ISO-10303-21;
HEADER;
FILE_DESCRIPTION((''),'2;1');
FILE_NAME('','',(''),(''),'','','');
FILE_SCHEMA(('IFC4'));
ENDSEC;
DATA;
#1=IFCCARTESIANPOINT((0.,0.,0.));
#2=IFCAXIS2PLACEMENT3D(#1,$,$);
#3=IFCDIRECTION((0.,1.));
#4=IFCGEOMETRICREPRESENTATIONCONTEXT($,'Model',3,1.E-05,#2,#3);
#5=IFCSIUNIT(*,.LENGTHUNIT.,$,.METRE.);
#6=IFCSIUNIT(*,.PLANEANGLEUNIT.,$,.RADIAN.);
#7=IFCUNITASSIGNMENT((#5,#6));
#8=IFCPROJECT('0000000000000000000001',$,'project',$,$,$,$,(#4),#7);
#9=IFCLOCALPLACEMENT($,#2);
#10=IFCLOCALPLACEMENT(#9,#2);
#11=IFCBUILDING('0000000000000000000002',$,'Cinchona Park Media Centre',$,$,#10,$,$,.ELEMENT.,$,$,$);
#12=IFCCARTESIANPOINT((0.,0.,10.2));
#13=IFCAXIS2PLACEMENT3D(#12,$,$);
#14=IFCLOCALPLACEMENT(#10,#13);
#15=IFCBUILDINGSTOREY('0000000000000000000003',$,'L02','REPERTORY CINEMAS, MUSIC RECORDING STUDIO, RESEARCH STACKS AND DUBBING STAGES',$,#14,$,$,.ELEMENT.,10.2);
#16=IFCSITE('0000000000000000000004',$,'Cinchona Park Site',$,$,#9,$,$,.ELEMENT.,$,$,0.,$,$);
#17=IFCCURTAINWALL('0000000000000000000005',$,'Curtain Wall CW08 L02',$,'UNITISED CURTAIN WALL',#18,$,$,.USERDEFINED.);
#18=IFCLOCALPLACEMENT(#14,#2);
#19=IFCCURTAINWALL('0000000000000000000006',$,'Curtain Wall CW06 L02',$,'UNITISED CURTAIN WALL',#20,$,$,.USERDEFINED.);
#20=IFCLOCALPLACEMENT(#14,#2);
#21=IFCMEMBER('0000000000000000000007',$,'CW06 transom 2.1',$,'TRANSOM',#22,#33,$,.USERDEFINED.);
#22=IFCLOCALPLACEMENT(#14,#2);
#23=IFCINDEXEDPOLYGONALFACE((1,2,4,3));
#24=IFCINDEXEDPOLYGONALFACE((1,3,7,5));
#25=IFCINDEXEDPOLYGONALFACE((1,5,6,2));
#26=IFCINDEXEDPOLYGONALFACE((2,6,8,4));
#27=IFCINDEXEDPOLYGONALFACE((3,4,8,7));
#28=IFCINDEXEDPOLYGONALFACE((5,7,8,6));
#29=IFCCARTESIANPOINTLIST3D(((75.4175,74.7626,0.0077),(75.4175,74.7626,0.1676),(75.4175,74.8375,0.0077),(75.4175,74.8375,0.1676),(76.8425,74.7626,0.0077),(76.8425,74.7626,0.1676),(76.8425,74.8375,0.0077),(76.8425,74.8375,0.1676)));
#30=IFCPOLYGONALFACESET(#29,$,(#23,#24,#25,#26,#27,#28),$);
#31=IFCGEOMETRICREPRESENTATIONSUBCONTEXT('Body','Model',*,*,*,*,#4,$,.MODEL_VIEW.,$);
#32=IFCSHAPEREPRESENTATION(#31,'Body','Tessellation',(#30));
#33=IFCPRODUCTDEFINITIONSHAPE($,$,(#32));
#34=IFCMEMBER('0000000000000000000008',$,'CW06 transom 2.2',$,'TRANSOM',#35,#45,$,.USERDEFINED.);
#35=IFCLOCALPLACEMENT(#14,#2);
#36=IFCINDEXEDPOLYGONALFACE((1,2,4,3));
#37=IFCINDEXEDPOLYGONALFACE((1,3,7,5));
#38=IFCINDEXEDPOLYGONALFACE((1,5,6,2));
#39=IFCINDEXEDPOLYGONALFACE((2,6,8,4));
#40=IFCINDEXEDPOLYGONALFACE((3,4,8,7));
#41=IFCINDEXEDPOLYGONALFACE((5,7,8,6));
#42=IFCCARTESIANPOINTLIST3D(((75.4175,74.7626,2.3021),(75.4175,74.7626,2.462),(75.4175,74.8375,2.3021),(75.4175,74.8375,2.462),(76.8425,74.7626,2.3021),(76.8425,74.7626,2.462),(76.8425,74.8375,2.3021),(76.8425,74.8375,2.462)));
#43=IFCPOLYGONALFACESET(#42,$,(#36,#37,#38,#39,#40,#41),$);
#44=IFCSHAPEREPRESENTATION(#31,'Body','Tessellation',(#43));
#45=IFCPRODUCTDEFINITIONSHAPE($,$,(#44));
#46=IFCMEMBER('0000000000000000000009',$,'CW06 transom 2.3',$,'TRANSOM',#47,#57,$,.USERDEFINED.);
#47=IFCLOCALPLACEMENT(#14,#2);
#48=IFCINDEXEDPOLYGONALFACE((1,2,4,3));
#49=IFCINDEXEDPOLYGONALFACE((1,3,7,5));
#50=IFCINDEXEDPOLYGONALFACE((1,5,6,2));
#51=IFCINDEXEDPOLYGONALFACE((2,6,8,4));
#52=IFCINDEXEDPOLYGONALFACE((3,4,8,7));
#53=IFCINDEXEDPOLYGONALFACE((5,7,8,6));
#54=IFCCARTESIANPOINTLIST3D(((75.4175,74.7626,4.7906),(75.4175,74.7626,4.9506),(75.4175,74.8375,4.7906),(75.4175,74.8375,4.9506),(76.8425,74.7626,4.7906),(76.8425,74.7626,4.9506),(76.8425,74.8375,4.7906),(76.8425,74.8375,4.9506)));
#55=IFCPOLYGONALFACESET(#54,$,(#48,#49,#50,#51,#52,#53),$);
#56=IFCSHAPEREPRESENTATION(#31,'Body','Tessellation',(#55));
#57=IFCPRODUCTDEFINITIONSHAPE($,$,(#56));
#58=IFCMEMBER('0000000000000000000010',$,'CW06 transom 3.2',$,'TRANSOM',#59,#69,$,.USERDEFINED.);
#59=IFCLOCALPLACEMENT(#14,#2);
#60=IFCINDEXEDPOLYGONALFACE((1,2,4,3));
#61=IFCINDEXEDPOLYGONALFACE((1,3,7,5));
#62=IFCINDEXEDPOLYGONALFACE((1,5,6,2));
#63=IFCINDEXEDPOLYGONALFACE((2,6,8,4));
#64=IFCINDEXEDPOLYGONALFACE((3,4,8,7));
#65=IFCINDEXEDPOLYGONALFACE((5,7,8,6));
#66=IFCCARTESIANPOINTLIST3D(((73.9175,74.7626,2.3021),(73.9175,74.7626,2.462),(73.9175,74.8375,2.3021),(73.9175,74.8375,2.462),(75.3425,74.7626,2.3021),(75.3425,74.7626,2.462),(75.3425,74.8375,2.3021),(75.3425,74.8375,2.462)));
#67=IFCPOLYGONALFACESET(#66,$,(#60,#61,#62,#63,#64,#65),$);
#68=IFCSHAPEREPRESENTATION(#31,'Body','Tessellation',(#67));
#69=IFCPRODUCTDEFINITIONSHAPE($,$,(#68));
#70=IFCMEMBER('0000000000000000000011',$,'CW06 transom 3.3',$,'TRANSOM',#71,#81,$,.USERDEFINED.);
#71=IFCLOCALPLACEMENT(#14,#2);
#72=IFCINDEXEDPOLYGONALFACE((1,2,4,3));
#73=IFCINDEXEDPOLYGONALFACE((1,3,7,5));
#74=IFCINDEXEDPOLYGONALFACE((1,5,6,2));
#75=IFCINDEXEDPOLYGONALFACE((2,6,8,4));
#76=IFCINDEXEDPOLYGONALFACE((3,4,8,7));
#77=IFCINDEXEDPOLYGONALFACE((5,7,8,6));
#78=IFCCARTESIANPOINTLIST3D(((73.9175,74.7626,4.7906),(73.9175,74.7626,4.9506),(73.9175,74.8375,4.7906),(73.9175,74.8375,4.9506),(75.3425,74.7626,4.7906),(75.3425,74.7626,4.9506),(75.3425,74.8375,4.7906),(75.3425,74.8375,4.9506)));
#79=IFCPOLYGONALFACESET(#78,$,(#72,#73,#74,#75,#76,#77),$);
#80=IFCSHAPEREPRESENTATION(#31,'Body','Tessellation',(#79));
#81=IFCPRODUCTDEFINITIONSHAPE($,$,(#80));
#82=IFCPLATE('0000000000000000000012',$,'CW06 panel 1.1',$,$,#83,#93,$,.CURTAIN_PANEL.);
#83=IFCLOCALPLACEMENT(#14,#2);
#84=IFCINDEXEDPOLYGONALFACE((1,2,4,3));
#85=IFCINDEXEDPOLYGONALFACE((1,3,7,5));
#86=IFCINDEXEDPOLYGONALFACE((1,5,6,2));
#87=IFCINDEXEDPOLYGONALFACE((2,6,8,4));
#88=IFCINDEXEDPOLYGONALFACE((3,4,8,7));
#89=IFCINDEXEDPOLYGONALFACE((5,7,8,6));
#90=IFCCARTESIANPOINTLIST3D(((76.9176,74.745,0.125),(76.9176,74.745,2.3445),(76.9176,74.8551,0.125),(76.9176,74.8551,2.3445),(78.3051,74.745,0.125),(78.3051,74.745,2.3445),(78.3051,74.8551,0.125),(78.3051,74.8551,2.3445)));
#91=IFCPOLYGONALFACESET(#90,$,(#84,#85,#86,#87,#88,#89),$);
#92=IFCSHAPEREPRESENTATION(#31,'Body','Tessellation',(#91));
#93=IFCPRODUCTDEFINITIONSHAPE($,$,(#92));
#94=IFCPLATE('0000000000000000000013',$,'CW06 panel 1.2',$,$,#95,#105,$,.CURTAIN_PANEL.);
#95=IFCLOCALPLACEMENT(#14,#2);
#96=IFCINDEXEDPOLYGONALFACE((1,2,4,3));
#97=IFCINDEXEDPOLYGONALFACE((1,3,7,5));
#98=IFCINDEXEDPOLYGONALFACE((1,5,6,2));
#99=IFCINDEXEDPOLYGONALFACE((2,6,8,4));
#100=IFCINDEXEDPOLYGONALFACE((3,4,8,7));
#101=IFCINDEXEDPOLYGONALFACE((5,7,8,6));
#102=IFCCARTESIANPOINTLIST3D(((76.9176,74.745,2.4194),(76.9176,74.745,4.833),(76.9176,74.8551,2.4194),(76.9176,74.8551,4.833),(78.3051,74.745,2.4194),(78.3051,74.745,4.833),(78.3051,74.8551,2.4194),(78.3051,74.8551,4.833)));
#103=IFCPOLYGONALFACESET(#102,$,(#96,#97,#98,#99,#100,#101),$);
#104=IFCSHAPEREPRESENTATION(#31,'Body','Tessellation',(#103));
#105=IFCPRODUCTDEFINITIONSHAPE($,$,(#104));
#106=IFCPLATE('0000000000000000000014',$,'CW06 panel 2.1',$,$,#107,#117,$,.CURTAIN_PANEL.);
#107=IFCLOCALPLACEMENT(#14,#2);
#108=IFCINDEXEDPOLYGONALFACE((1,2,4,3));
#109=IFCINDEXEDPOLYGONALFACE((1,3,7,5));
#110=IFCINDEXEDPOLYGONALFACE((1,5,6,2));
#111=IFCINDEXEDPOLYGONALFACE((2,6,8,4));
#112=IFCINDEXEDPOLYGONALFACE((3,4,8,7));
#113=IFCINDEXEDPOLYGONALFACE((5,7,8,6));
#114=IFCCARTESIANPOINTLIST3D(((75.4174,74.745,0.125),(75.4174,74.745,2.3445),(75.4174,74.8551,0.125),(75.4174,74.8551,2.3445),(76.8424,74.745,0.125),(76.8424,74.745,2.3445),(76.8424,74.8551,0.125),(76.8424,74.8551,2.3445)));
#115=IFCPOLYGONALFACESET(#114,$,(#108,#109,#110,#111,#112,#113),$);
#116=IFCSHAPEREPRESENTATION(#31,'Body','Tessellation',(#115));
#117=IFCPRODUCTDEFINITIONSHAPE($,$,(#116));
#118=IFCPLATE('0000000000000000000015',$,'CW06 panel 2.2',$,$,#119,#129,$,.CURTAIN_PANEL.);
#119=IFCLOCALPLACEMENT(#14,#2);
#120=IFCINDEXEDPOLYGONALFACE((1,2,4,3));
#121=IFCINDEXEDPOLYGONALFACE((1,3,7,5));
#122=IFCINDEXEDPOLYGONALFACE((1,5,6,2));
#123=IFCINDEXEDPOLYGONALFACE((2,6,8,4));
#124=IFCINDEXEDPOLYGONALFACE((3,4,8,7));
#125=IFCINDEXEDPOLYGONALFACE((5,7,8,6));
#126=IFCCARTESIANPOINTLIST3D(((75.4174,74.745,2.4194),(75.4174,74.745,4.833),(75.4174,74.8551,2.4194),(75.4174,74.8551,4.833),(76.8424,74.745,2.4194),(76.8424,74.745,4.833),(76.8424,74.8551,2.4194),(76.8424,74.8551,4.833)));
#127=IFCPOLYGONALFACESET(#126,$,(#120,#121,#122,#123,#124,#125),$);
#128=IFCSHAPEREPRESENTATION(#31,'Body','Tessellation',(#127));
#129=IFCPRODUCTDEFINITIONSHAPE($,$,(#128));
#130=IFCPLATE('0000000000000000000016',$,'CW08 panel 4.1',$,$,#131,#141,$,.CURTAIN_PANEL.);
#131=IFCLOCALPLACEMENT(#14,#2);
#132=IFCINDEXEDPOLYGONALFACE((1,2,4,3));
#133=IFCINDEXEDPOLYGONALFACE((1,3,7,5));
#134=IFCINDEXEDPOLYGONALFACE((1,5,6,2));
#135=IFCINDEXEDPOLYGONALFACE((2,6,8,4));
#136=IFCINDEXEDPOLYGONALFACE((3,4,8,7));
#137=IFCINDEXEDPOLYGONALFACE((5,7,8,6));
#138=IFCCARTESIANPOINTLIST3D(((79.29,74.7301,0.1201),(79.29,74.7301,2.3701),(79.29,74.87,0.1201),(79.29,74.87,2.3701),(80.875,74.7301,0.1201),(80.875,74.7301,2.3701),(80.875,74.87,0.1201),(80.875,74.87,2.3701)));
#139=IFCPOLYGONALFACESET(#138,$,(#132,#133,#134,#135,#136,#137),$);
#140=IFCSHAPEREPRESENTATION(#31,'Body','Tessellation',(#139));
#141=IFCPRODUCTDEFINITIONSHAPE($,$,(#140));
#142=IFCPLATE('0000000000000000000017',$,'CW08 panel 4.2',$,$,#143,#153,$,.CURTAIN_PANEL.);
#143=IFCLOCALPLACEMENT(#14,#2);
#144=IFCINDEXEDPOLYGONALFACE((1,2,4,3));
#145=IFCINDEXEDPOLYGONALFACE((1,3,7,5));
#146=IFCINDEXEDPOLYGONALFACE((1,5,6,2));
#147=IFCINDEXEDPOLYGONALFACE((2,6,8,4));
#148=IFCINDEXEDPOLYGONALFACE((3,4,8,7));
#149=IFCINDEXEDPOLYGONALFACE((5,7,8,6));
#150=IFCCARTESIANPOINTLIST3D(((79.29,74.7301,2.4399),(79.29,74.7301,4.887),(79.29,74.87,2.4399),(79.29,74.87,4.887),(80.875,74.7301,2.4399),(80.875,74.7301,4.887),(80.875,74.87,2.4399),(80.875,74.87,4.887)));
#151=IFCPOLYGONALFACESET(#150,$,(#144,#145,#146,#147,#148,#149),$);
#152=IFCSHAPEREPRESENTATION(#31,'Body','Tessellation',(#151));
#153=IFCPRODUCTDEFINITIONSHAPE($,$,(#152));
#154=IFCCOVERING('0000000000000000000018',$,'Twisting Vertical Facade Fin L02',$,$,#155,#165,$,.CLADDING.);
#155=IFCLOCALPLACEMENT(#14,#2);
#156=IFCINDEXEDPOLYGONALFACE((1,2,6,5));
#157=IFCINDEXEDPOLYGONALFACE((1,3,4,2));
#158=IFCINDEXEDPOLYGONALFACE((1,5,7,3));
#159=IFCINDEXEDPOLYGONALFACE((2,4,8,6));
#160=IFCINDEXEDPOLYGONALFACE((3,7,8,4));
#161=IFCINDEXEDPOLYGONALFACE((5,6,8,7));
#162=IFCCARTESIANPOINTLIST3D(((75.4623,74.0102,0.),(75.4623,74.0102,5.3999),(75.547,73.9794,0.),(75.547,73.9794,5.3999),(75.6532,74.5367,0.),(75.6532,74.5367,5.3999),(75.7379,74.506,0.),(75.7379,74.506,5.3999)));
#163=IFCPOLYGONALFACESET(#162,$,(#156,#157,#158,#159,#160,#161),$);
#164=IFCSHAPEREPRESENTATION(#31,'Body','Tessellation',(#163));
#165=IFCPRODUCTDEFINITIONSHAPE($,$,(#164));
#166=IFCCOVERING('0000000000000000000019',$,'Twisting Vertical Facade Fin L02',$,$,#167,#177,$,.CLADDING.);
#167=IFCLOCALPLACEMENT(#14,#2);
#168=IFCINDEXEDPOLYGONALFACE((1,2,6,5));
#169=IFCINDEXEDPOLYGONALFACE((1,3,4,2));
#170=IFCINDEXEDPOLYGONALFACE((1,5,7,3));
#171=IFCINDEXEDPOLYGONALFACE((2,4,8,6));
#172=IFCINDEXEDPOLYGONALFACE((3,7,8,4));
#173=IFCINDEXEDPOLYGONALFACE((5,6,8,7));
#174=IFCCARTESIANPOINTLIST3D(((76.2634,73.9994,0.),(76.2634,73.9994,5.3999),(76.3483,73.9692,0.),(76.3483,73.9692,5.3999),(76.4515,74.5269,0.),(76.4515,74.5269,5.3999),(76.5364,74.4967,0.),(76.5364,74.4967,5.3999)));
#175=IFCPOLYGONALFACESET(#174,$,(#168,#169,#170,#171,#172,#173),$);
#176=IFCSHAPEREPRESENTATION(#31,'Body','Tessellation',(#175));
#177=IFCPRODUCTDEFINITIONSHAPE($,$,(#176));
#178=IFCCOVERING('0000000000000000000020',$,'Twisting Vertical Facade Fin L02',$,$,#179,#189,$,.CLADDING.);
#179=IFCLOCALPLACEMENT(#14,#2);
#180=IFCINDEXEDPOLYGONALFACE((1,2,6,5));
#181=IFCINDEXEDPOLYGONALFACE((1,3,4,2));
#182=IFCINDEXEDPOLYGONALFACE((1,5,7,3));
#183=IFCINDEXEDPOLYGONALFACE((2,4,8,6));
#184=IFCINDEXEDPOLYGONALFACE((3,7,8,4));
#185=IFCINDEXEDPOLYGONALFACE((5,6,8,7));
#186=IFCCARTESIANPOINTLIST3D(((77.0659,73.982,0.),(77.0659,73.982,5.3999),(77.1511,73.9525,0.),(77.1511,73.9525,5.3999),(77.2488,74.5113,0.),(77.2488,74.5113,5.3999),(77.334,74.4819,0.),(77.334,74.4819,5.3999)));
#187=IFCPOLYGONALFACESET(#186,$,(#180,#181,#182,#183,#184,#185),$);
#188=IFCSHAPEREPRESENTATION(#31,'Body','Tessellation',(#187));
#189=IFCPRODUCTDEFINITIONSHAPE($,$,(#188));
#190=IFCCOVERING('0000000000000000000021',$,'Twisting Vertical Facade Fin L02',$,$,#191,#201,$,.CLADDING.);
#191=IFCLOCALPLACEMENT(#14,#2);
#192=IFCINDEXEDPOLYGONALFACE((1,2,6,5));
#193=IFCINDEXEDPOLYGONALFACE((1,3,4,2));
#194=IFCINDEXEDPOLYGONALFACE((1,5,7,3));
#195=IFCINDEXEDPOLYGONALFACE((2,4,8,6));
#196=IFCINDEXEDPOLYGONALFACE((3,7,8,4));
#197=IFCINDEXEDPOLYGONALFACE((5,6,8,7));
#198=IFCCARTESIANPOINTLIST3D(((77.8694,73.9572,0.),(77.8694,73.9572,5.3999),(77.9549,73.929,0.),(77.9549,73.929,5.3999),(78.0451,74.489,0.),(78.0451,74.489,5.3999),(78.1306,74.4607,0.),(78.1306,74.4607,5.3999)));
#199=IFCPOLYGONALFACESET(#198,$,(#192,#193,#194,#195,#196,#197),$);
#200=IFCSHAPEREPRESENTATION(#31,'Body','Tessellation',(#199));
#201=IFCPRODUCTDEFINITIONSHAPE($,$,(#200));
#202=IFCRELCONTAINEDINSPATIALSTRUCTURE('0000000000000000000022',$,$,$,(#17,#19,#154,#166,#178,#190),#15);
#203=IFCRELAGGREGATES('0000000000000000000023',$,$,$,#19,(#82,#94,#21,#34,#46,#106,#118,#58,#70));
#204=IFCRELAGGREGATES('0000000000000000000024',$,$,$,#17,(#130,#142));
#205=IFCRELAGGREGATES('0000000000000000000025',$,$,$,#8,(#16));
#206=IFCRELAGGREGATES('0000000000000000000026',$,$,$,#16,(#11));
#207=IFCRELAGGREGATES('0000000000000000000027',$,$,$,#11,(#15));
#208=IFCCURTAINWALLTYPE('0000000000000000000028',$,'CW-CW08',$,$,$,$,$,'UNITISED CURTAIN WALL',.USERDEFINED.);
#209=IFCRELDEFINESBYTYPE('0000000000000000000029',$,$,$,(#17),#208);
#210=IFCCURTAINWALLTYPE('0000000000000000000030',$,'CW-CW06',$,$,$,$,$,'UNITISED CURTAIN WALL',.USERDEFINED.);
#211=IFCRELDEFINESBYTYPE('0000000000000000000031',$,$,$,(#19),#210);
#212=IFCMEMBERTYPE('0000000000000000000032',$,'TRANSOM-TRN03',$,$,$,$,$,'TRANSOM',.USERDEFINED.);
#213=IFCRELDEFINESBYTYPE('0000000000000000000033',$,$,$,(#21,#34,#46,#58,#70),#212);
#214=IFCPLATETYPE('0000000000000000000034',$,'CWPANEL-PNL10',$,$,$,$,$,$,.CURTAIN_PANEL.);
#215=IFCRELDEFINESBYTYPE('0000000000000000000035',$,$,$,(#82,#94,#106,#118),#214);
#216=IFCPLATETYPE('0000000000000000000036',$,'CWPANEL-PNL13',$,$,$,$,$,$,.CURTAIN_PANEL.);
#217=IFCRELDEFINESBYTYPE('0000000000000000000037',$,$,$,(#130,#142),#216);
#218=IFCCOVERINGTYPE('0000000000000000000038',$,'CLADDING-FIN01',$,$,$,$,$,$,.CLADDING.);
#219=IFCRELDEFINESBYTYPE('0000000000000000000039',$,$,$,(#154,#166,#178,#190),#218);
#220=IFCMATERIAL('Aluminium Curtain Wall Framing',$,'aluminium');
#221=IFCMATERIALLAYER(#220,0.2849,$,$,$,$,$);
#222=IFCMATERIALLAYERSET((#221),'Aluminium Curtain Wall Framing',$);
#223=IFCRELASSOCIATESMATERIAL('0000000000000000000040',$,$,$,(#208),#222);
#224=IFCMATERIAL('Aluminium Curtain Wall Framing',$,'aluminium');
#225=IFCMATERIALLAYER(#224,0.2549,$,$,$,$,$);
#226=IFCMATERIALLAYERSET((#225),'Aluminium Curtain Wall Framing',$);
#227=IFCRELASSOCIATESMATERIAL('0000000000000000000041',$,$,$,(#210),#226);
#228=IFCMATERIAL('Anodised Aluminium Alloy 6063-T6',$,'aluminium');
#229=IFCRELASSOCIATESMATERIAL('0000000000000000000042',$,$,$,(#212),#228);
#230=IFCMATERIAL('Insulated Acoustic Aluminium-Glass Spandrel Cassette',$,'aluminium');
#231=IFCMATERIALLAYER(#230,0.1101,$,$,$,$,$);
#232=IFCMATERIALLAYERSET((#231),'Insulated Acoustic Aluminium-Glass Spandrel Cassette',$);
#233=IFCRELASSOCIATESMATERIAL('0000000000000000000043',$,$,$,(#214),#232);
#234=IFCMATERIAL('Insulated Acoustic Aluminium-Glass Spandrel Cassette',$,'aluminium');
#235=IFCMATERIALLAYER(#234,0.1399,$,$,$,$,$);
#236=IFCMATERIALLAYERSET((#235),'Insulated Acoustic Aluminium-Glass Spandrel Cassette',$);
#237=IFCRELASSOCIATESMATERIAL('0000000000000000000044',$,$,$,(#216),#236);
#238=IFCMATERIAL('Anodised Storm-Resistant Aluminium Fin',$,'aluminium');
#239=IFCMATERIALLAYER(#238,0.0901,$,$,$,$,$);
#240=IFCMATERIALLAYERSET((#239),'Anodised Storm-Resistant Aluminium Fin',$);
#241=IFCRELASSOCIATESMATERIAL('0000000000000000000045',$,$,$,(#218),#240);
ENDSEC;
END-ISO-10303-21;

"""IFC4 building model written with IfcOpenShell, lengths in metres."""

from ifc_helpers import new_model, si_unit, direction, frame, origin, origin_2d, place, context, subcontext, project, spatial, rectangle, extrude, material, layer, layer_set, material_profile, profile_set, type_object, element, aggregate, save


model = new_model("IFC4")

# Units and contexts
model_context = context("Model", 3, precision=1e-05, world=origin(), true_north=direction((0.0, 1.0)))
body_context = subcontext(model_context, "Body", "Model", "MODEL_VIEW")
ifc_project = project(units=[si_unit("LENGTHUNIT", "METRE"), si_unit("PLANEANGLEUNIT", "RADIAN")], contexts=[model_context])

# Site, building, storey
site_placement = place(None, origin())
site = spatial("IfcSite", under=ifc_project, at=site_placement, Name="Cinchona Park Site", CompositionType="ELEMENT", RefElevation=0.0)
building_placement = place(site_placement, origin())
building = spatial("IfcBuilding", under=site, at=building_placement, Name="Cinchona Park Media Centre", CompositionType="ELEMENT")
storey_placement = place(building_placement, frame((0.0, 0.0, 10.2)))
storey = spatial("IfcBuildingStorey", under=building, at=storey_placement, Name="L02", Description="REPERTORY CINEMAS, MUSIC RECORDING STUDIO, RESEARCH STACKS AND DUBBING STAGES", CompositionType="ELEMENT", Elevation=10.2)

# Curtain walls
ifc_material_1 = material(Name="Aluminium Curtain Wall Framing", Category="aluminium")
ifc_layer_1 = layer(ifc_material_1, 0.2849)
ifc_layer_set_1 = layer_set([ifc_layer_1], Name="Aluminium Curtain Wall Framing")
curtain_wall_type_1 = type_object("IfcCurtainWallType", Name="CW-CW08", ElementType="UNITISED CURTAIN WALL", PredefinedType="USERDEFINED", material=ifc_layer_set_1)
curtain_wall_1_placement = place(storey_placement, origin())
curtain_wall_1 = element("IfcCurtainWall", 1, at=curtain_wall_1_placement, inside=storey, type_object=curtain_wall_type_1, Name="Curtain Wall CW08 L02", ObjectType="UNITISED CURTAIN WALL", PredefinedType="USERDEFINED")
ifc_material_2 = material(Name="Aluminium Curtain Wall Framing", Category="aluminium")
ifc_layer_2 = layer(ifc_material_2, 0.2549)
ifc_layer_set_2 = layer_set([ifc_layer_2], Name="Aluminium Curtain Wall Framing")
curtain_wall_type_2 = type_object("IfcCurtainWallType", Name="CW-CW06", ElementType="UNITISED CURTAIN WALL", PredefinedType="USERDEFINED", material=ifc_layer_set_2)
curtain_wall_2_placement = place(storey_placement, origin())
curtain_wall_2 = element("IfcCurtainWall", 2, at=curtain_wall_2_placement, inside=storey, type_object=curtain_wall_type_2, Name="Curtain Wall CW06 L02", ObjectType="UNITISED CURTAIN WALL", PredefinedType="USERDEFINED")

# Members
ifc_material_3 = material(Name="Anodised Aluminium Alloy 6063-T6", Category="aluminium")
ifc_material_profile_1 = material_profile(ifc_material_3, rectangle(XDim=0.075, YDim=0.1599, at=origin_2d()), Name="TRN-75X160")
ifc_profile_set_1 = profile_set([ifc_material_profile_1], Name="Anodised Aluminium Alloy 6063-T6")
member_type_1 = type_object("IfcMemberType", Name="TRANSOM-TRN03", ElementType="TRANSOM", PredefinedType="USERDEFINED", material=ifc_profile_set_1)
member_1_placement = place(storey_placement, frame((76.8425, 74.8, 0.0876), z_axis=(-1.0, 0.0, 0.0), x_axis=(0.0, -1.0, 0.0)))
member_1 = element("IfcMember", 3, at=member_1_placement, type_object=member_type_1, Name="CW06 transom 2.1", ObjectType="TRANSOM", PredefinedType="USERDEFINED", context=body_context, shape_type="SweptSolid", body=[
    extrude(rectangle(XDim=0.075, YDim=0.1599, at=origin_2d()), origin(), (0.0, 0.0, 1.0), 1.425),
])
member_2_placement = place(storey_placement, frame((76.8425, 74.8, 2.3821), z_axis=(-1.0, 0.0, 0.0), x_axis=(0.0, -1.0, 0.0)))
member_2 = element("IfcMember", 4, at=member_2_placement, type_object=member_type_1, Name="CW06 transom 2.2", ObjectType="TRANSOM", PredefinedType="USERDEFINED", context=body_context, shape_type="SweptSolid", body=[
    extrude(rectangle(XDim=0.075, YDim=0.1599, at=origin_2d()), origin(), (0.0, 0.0, 1.0), 1.425),
])
member_3_placement = place(storey_placement, frame((76.8425, 74.8, 4.8706), z_axis=(-1.0, 0.0, 0.0), x_axis=(0.0, -1.0, 0.0)))
member_3 = element("IfcMember", 5, at=member_3_placement, type_object=member_type_1, Name="CW06 transom 2.3", ObjectType="TRANSOM", PredefinedType="USERDEFINED", context=body_context, shape_type="SweptSolid", body=[
    extrude(rectangle(XDim=0.075, YDim=0.1599, at=origin_2d()), origin(), (0.0, 0.0, 1.0), 1.425),
])
member_4_placement = place(storey_placement, frame((75.3425, 74.8, 2.3821), z_axis=(-1.0, 0.0, 0.0), x_axis=(0.0, -1.0, 0.0)))
member_4 = element("IfcMember", 6, at=member_4_placement, type_object=member_type_1, Name="CW06 transom 3.2", ObjectType="TRANSOM", PredefinedType="USERDEFINED", context=body_context, shape_type="SweptSolid", body=[
    extrude(rectangle(XDim=0.075, YDim=0.1599, at=origin_2d()), origin(), (0.0, 0.0, 1.0), 1.425),
])
member_5_placement = place(storey_placement, frame((75.3425, 74.8, 4.8706), z_axis=(-1.0, 0.0, 0.0), x_axis=(0.0, -1.0, 0.0)))
member_5 = element("IfcMember", 7, at=member_5_placement, type_object=member_type_1, Name="CW06 transom 3.3", ObjectType="TRANSOM", PredefinedType="USERDEFINED", context=body_context, shape_type="SweptSolid", body=[
    extrude(rectangle(XDim=0.075, YDim=0.1599, at=origin_2d()), origin(), (0.0, 0.0, 1.0), 1.425),
])

# Plates
ifc_material_4 = material(Name="Insulated Acoustic Aluminium-Glass Spandrel Cassette", Category="aluminium")
ifc_layer_3 = layer(ifc_material_4, 0.1101)
ifc_layer_set_3 = layer_set([ifc_layer_3], Name="Insulated Acoustic Aluminium-Glass Spandrel Cassette")
plate_type_1 = type_object("IfcPlateType", Name="CWPANEL-PNL10", PredefinedType="CURTAIN_PANEL", material=ifc_layer_set_3)
plate_1_placement = place(storey_placement, frame((77.6113, 74.8, 0.125), z_axis=(0.0, 0.0, 1.0), x_axis=(-1.0, 0.0, 0.0)))
plate_1 = element("IfcPlate", 8, at=plate_1_placement, type_object=plate_type_1, Name="CW06 panel 1.1", PredefinedType="CURTAIN_PANEL", context=body_context, shape_type="SweptSolid", body=[
    extrude(rectangle(XDim=1.3875, YDim=0.1101, at=origin_2d()), origin(), (0.0, 0.0, 1.0), 2.2195),
])
plate_2_placement = place(storey_placement, frame((77.6113, 74.8, 2.4194), z_axis=(0.0, 0.0, 1.0), x_axis=(-1.0, 0.0, 0.0)))
plate_2 = element("IfcPlate", 9, at=plate_2_placement, type_object=plate_type_1, Name="CW06 panel 1.2", PredefinedType="CURTAIN_PANEL", context=body_context, shape_type="SweptSolid", body=[
    extrude(rectangle(XDim=1.3875, YDim=0.1101, at=origin_2d()), origin(), (0.0, 0.0, 1.0), 2.4136),
])
plate_3_placement = place(storey_placement, frame((76.1299, 74.8, 0.125), z_axis=(0.0, 0.0, 1.0), x_axis=(-1.0, 0.0, 0.0)))
plate_3 = element("IfcPlate", 10, at=plate_3_placement, type_object=plate_type_1, Name="CW06 panel 2.1", PredefinedType="CURTAIN_PANEL", context=body_context, shape_type="SweptSolid", body=[
    extrude(rectangle(XDim=1.425, YDim=0.1101, at=origin_2d()), origin(), (0.0, 0.0, 1.0), 2.2195),
])
plate_4_placement = place(storey_placement, frame((76.1299, 74.8, 2.4194), z_axis=(0.0, 0.0, 1.0), x_axis=(-1.0, 0.0, 0.0)))
plate_4 = element("IfcPlate", 11, at=plate_4_placement, type_object=plate_type_1, Name="CW06 panel 2.2", PredefinedType="CURTAIN_PANEL", context=body_context, shape_type="SweptSolid", body=[
    extrude(rectangle(XDim=1.425, YDim=0.1101, at=origin_2d()), origin(), (0.0, 0.0, 1.0), 2.4136),
])
aggregate(curtain_wall_2, [plate_1, plate_2, member_1, member_2, member_3, plate_3, plate_4, member_4, member_5])
ifc_material_5 = material(Name="Insulated Acoustic Aluminium-Glass Spandrel Cassette", Category="aluminium")
ifc_layer_4 = layer(ifc_material_5, 0.1399)
ifc_layer_set_4 = layer_set([ifc_layer_4], Name="Insulated Acoustic Aluminium-Glass Spandrel Cassette")
plate_type_2 = type_object("IfcPlateType", Name="CWPANEL-PNL13", PredefinedType="CURTAIN_PANEL", material=ifc_layer_set_4)
plate_5_placement = place(storey_placement, frame((80.0825, 74.8, 0.1201), z_axis=(0.0, 0.0, 1.0), x_axis=(-1.0, 0.0, 0.0)))
plate_5 = element("IfcPlate", 12, at=plate_5_placement, type_object=plate_type_2, Name="CW08 panel 4.1", PredefinedType="CURTAIN_PANEL", context=body_context, shape_type="SweptSolid", body=[
    extrude(rectangle(XDim=1.585, YDim=0.1399, at=origin_2d()), origin(), (0.0, 0.0, 1.0), 2.25),
])
plate_6_placement = place(storey_placement, frame((80.0825, 74.8, 2.4399), z_axis=(0.0, 0.0, 1.0), x_axis=(-1.0, 0.0, 0.0)))
plate_6 = element("IfcPlate", 13, at=plate_6_placement, type_object=plate_type_2, Name="CW08 panel 4.2", PredefinedType="CURTAIN_PANEL", context=body_context, shape_type="SweptSolid", body=[
    extrude(rectangle(XDim=1.585, YDim=0.1399, at=origin_2d()), origin(), (0.0, 0.0, 1.0), 2.447),
])
aggregate(curtain_wall_1, [plate_5, plate_6])

# Coverings
ifc_material_6 = material(Name="Anodised Storm-Resistant Aluminium Fin", Category="aluminium")
ifc_layer_5 = layer(ifc_material_6, 0.0901)
ifc_layer_set_5 = layer_set([ifc_layer_5], Name="Anodised Storm-Resistant Aluminium Fin")
covering_type = type_object("IfcCoveringType", Name="CLADDING-FIN01", PredefinedType="CLADDING", material=ifc_layer_set_5)
for number, where, z_axis, x_axis, name in (
    (14, (75.6001, 74.2581, 0.0), (0.0, 0.0, 1.0), (0.340872, 0.94011, 0.0), "Twisting Vertical Facade Fin L02"),
    (15, (76.3999, 74.248, 0.0), (0.0, 0.0, 1.0), (0.33578, 0.94194, 0.0), "Twisting Vertical Facade Fin L02"),
    (16, (77.2, 74.2319, 0.0), (0.0, 0.0, 1.0), (0.326558, 0.945177, 0.0), "Twisting Vertical Facade Fin L02"),
    (17, (78.0, 74.209, 0.0), (0.0, 0.0, 1.0), (0.313827, 0.94948, 0.0), "Twisting Vertical Facade Fin L02"),
):
    element("IfcCovering", number, at=place(storey_placement, frame(where, z_axis=z_axis, x_axis=x_axis)), inside=storey, type_object=covering_type, Name=name, PredefinedType="CLADDING", context=body_context, shape_type="SweptSolid", body=[
        extrude(rectangle(XDim=0.5601, YDim=0.0901, at=origin_2d()), origin(), (0.0, 0.0, 1.0), 5.3999),
    ])

save(model, "model.ifc")
